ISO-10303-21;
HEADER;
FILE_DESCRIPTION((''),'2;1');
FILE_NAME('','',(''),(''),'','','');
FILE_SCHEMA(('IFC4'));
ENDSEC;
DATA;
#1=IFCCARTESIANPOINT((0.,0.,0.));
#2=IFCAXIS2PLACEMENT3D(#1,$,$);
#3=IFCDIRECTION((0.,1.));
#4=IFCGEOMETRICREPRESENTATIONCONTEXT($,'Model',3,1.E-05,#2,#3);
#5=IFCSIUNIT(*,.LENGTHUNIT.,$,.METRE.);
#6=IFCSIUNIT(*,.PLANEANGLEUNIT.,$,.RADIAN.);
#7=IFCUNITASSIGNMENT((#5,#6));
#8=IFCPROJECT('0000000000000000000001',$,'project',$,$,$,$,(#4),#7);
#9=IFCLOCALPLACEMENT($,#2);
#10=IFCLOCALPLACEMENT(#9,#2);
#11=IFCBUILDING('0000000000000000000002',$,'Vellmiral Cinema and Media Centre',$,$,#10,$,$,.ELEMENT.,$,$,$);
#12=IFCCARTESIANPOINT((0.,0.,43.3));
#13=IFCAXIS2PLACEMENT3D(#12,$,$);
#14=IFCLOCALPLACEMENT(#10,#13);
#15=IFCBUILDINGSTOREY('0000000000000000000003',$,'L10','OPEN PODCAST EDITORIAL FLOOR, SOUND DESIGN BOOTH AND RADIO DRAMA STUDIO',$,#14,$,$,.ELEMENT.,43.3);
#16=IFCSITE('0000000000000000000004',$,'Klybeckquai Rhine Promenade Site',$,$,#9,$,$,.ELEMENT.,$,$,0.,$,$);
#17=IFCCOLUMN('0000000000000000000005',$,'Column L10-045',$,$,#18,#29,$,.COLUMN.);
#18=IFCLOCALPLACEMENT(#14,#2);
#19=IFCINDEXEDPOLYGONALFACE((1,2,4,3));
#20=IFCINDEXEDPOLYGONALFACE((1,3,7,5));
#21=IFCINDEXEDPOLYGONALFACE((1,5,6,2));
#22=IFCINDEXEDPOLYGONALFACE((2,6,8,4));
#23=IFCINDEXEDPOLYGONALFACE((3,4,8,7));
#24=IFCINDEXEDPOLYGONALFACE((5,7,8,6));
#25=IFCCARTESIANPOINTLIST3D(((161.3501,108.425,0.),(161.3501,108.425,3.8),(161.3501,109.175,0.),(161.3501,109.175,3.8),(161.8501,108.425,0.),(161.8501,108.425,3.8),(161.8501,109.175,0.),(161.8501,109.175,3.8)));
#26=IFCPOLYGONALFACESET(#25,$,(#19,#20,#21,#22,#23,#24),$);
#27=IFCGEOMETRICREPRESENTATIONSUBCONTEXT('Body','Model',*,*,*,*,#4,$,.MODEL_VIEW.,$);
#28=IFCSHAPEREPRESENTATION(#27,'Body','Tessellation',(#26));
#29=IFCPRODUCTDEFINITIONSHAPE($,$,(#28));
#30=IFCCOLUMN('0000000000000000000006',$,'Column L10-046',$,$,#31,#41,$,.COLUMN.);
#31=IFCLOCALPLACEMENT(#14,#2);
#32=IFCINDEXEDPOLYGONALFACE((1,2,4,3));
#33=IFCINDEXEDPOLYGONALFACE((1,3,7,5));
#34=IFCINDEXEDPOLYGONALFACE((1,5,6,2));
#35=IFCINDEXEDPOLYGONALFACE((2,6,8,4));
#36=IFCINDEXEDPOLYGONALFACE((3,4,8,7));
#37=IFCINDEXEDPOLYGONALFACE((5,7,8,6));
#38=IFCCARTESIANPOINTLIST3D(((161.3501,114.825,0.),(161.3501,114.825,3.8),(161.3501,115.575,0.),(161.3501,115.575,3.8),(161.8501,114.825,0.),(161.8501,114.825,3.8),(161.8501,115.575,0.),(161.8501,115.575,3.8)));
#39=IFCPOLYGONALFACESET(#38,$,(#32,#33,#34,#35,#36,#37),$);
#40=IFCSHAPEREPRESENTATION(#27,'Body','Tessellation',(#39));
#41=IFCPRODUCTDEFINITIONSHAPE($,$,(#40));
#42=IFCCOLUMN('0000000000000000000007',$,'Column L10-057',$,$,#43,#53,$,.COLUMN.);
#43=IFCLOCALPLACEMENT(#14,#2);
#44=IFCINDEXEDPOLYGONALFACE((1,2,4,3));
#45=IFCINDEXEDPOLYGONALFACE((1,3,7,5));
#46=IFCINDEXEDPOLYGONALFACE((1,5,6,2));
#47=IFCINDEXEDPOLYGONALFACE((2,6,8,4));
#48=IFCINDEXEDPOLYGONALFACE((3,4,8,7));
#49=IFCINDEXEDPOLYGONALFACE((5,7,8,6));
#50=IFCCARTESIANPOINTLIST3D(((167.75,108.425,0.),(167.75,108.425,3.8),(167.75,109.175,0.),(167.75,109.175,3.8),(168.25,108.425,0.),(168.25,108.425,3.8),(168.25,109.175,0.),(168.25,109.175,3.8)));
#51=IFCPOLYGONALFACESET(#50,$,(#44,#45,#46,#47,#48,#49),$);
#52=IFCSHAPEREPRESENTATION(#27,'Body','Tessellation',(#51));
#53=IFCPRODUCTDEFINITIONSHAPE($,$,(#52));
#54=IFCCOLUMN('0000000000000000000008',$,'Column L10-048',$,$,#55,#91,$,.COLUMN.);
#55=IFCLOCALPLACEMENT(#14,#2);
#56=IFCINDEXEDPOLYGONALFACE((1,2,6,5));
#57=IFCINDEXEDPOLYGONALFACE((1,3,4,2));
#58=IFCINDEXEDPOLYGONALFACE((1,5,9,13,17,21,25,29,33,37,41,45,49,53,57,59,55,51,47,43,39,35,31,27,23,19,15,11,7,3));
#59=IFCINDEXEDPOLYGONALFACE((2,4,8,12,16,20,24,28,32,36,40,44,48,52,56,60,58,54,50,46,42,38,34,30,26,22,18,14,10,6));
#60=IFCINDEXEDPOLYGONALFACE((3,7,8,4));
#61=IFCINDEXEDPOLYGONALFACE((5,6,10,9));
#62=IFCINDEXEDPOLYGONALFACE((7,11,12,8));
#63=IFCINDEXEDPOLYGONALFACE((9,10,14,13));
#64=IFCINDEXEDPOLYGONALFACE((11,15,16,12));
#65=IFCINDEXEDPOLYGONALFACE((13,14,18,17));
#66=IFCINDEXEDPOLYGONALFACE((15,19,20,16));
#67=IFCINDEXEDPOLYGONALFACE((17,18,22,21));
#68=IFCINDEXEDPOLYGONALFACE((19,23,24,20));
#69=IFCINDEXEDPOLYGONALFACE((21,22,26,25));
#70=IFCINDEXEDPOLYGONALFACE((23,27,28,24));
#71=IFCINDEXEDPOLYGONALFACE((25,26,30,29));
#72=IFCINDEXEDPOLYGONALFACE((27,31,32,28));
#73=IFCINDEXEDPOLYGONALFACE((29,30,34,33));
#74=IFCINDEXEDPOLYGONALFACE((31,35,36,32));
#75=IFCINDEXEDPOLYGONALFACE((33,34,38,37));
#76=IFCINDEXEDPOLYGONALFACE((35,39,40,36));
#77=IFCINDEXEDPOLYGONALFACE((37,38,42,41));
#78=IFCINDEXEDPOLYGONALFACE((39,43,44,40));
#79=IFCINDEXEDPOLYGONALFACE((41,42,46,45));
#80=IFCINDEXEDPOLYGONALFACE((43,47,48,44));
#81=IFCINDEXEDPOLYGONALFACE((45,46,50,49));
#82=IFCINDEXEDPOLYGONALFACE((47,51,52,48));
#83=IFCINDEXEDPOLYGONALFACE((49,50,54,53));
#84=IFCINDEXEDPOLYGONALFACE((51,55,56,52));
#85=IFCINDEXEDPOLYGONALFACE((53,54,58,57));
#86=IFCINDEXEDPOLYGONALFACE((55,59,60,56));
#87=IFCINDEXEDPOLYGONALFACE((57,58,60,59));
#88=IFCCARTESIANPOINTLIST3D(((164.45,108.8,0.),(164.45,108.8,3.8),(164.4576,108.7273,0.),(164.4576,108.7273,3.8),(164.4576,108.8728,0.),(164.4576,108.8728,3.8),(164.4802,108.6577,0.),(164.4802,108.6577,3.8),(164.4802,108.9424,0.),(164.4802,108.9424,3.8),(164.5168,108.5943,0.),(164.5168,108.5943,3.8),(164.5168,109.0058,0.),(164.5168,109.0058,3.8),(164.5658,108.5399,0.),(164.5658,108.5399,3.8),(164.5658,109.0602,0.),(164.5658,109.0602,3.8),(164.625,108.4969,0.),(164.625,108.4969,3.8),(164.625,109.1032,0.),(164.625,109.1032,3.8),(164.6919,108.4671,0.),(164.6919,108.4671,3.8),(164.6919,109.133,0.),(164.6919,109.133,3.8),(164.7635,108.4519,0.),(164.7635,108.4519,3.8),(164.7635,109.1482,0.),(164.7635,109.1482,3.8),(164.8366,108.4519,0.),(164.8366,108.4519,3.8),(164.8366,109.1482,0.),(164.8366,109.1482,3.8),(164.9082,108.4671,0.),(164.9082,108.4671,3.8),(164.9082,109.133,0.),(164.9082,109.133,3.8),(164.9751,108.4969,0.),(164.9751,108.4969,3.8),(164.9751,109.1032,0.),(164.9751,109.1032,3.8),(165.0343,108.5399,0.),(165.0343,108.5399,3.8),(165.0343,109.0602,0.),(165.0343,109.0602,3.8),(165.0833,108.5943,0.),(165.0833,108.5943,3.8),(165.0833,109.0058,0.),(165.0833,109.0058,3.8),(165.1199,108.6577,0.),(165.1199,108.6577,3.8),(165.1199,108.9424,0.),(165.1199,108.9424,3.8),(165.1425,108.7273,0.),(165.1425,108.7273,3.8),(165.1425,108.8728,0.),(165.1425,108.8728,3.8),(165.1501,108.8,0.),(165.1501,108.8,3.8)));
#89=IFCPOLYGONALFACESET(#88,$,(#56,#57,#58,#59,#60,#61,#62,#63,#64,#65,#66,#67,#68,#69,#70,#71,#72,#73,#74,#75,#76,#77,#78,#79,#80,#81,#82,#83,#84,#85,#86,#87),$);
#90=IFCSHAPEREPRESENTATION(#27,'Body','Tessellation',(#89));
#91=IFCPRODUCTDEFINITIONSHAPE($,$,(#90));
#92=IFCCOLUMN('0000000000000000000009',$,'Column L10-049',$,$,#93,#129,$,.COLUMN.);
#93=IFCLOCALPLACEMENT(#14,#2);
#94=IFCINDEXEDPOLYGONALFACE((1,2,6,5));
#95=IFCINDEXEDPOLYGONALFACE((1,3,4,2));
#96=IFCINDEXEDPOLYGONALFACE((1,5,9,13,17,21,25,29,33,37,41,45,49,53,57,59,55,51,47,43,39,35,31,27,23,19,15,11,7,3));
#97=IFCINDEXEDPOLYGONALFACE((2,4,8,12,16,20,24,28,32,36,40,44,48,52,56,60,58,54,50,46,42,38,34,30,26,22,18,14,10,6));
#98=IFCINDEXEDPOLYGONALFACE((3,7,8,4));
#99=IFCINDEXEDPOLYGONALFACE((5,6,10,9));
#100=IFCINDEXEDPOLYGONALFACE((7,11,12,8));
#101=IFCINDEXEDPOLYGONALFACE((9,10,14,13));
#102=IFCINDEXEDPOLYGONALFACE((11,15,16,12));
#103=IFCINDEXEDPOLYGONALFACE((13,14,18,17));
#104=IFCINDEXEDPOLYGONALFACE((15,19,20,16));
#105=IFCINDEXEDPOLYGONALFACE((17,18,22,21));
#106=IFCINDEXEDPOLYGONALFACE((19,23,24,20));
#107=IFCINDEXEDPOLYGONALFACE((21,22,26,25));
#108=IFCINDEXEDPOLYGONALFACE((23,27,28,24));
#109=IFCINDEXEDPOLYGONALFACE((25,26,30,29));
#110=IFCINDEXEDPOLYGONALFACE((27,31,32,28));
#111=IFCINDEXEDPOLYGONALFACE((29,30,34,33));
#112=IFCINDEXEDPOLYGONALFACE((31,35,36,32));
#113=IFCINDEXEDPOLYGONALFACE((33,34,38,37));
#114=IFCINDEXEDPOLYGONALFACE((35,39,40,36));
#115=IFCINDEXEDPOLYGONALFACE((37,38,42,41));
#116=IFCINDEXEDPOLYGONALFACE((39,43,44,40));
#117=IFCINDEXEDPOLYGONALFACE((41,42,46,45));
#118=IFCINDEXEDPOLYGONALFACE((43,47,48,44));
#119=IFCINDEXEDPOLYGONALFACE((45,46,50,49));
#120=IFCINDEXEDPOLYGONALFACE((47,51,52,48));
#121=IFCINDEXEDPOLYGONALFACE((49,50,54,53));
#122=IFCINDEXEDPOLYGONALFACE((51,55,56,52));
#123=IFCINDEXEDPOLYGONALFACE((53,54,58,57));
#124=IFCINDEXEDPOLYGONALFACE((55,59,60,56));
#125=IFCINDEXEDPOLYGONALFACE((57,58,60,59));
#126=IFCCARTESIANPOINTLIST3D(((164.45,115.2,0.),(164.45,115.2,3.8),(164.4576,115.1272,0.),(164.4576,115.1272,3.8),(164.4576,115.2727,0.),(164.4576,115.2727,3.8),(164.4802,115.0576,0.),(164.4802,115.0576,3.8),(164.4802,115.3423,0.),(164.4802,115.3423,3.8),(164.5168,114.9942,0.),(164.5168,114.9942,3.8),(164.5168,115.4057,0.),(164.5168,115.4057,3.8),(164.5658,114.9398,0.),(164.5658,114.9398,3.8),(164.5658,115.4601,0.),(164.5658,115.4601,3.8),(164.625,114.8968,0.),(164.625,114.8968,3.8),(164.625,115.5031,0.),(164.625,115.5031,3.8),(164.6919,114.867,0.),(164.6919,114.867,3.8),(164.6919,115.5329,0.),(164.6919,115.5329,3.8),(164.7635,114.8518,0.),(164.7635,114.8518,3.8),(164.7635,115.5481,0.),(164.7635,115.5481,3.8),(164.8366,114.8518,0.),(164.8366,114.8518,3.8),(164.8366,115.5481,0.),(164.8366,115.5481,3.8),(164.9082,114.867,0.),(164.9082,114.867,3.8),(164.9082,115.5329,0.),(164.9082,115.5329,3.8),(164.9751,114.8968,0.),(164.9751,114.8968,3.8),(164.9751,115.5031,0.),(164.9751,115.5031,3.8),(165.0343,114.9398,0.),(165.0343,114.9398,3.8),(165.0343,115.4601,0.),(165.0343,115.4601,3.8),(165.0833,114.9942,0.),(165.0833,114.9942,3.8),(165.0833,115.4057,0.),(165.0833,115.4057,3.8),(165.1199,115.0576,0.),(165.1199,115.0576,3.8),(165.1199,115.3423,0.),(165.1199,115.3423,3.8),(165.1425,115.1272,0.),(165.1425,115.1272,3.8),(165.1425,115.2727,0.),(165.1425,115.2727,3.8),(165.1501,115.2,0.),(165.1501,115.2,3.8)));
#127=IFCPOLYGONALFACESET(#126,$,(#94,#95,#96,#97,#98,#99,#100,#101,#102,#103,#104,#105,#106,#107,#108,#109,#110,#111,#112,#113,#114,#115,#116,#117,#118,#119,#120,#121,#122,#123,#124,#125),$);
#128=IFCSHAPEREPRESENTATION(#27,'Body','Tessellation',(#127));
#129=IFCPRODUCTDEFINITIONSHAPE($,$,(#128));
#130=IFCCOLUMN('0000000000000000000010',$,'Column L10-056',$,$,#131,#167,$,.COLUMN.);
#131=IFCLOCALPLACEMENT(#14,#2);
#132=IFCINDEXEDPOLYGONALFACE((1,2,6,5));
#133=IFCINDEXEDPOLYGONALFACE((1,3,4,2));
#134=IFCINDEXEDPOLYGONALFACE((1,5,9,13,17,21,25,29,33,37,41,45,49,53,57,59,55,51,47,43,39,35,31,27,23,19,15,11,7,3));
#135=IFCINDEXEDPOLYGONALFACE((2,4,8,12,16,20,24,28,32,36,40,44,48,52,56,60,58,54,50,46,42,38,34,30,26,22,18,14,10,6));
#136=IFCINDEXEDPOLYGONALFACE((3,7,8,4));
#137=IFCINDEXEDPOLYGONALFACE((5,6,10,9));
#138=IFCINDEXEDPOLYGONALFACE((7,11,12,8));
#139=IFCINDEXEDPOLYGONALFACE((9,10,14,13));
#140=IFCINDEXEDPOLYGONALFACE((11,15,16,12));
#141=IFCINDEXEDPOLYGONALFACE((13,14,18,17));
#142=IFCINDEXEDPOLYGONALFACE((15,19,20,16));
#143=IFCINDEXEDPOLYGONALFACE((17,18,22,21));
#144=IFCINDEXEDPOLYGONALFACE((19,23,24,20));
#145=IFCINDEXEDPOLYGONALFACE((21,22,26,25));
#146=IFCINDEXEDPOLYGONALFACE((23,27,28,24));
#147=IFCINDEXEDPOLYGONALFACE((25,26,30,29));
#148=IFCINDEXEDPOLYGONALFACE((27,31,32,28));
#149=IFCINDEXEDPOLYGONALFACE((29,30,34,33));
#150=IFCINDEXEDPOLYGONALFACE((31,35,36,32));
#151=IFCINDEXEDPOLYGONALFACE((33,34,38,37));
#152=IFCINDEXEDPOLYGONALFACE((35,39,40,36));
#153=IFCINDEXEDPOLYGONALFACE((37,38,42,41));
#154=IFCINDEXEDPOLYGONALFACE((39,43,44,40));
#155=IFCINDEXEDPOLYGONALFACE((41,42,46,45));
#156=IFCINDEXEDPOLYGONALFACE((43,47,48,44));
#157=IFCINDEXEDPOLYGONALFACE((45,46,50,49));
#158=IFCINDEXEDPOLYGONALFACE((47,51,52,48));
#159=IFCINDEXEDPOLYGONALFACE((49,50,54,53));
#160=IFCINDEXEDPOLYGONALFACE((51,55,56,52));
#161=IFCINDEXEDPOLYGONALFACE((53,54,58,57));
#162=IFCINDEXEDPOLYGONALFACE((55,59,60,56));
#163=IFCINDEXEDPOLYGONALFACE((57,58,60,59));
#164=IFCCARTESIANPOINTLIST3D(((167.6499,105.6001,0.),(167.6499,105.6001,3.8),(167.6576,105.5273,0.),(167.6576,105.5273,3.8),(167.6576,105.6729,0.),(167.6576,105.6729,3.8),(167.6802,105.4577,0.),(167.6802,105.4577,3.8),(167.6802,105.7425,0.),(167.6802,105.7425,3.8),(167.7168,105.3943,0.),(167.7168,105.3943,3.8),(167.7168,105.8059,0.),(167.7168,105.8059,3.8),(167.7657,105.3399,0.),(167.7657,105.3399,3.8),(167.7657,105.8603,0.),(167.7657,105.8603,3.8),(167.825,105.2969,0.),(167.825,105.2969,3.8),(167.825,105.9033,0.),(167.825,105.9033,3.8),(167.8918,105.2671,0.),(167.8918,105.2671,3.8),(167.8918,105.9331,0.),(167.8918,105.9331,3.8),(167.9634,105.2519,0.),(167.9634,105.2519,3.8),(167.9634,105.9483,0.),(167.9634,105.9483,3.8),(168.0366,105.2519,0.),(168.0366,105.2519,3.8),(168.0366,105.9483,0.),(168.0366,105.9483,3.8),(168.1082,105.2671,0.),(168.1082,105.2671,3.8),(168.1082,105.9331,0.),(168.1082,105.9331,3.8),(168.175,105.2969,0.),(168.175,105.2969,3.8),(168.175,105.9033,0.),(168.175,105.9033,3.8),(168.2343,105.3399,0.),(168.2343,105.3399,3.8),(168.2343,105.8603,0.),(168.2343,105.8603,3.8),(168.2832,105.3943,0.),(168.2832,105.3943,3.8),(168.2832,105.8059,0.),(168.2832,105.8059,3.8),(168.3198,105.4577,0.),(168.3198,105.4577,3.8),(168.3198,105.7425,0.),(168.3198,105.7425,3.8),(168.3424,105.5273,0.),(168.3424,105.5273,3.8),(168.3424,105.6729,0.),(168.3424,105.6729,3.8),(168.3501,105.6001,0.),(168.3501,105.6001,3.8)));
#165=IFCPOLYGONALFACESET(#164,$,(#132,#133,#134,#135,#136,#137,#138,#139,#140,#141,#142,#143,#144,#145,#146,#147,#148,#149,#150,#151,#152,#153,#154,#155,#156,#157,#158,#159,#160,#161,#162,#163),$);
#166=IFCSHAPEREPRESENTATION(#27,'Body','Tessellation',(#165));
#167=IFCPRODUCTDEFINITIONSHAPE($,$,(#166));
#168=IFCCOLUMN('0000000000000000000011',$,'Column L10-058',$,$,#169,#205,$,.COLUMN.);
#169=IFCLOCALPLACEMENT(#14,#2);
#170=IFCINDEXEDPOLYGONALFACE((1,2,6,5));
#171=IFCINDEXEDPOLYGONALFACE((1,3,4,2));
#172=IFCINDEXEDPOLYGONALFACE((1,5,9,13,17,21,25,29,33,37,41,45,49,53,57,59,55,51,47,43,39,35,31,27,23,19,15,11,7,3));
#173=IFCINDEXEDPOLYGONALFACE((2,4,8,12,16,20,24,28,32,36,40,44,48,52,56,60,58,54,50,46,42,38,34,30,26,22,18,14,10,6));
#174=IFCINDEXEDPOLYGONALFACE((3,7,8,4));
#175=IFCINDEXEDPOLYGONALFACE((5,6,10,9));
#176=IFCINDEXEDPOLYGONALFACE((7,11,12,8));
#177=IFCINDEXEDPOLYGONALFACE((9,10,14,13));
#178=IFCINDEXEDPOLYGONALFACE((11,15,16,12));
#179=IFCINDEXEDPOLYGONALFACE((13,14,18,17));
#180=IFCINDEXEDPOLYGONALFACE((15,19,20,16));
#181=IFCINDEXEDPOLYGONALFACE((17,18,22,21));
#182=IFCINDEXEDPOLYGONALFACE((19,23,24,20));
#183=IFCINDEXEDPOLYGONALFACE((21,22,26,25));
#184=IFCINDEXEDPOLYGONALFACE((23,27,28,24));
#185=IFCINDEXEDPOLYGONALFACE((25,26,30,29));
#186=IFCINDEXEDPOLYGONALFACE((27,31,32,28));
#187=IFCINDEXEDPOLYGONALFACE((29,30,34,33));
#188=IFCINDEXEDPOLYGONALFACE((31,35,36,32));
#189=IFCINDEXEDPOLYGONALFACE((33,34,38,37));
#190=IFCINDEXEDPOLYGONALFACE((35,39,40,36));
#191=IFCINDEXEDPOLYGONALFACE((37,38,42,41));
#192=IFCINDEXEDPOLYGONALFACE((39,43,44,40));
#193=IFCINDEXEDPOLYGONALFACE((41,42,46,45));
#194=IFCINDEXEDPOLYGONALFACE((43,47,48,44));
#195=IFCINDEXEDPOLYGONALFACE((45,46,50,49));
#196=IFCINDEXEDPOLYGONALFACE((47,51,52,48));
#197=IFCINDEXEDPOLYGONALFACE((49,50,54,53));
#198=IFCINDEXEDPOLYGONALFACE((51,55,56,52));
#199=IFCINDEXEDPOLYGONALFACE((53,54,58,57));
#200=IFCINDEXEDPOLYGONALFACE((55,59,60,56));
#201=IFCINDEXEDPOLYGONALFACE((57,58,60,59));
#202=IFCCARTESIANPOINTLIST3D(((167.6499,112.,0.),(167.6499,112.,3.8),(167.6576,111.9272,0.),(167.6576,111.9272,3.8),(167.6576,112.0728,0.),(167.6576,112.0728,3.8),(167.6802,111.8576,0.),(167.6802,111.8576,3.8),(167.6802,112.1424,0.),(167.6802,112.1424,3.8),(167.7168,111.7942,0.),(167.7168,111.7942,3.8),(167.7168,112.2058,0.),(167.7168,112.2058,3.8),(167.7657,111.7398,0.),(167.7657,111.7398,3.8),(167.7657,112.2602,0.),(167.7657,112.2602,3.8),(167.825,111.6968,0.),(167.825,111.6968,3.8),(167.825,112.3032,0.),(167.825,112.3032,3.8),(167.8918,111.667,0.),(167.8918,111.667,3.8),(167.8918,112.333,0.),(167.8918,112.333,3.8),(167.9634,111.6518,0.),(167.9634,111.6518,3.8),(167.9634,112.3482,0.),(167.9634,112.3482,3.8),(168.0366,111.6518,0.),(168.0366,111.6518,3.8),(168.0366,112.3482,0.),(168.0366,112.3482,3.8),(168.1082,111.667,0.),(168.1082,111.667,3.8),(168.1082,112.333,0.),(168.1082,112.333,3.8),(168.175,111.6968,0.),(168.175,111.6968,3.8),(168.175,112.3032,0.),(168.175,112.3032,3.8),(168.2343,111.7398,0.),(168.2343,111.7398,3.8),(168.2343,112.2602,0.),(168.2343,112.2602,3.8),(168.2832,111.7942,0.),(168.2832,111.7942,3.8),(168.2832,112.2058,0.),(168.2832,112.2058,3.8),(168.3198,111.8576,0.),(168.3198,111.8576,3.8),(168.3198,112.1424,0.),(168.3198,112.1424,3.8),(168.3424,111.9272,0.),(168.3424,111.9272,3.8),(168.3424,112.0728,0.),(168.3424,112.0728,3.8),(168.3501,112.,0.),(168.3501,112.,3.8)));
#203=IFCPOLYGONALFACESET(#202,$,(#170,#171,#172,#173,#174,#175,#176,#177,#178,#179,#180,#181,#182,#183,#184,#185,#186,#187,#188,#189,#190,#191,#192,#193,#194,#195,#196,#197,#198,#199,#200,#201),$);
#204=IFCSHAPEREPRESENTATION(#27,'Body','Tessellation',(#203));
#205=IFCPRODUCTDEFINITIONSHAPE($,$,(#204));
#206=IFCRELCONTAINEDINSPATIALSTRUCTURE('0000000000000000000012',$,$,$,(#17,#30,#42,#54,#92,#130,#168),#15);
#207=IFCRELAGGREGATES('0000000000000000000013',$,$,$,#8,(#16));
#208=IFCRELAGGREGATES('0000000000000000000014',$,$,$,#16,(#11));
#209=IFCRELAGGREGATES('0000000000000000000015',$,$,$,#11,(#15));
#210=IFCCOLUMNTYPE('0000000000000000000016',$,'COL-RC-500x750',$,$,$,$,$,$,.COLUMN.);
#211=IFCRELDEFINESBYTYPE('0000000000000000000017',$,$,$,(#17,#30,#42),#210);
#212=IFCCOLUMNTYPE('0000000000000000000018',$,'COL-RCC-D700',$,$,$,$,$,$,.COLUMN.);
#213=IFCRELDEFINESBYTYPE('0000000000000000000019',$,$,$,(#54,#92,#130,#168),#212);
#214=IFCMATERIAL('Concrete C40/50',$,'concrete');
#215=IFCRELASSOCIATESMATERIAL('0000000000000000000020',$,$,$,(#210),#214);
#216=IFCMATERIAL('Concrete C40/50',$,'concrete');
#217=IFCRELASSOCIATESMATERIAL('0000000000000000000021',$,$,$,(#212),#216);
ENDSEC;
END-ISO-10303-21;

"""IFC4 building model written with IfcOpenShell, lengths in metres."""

from ifc_helpers import new_model, si_unit, direction, frame, origin, origin_2d, place, context, subcontext, project, spatial, rectangle, circle, extrude, material, material_profile, profile_set, type_object, element, save


model = new_model("IFC4")

# Units and contexts
model_context = context("Model", 3, precision=1e-05, world=origin(), true_north=direction((0.0, 1.0)))
body_context = subcontext(model_context, "Body", "Model", "MODEL_VIEW")
ifc_project = project(units=[si_unit("LENGTHUNIT", "METRE"), si_unit("PLANEANGLEUNIT", "RADIAN")], contexts=[model_context])

# Site, building, storey
site_placement = place(None, origin())
site = spatial("IfcSite", under=ifc_project, at=site_placement, Name="Klybeckquai Rhine Promenade Site", CompositionType="ELEMENT", RefElevation=0.0)
building_placement = place(site_placement, origin())
building = spatial("IfcBuilding", under=site, at=building_placement, Name="Vellmiral Cinema and Media Centre", CompositionType="ELEMENT")
storey_placement = place(building_placement, frame((0.0, 0.0, 43.3)))
storey = spatial("IfcBuildingStorey", under=building, at=storey_placement, Name="L10", Description="OPEN PODCAST EDITORIAL FLOOR, SOUND DESIGN BOOTH AND RADIO DRAMA STUDIO", CompositionType="ELEMENT", Elevation=43.3)

# Columns
ifc_material_1 = material(Name="Concrete C40/50", Category="concrete")
ifc_material_profile_1 = material_profile(ifc_material_1, rectangle(XDim=0.5, YDim=0.75, at=origin_2d()), Name="RC 500x750")
ifc_profile_set_1 = profile_set([ifc_material_profile_1], Name="Concrete C40/50")
column_type_1 = type_object("IfcColumnType", Name="COL-RC-500x750", PredefinedType="COLUMN", material=ifc_profile_set_1)
for number, where, z_axis, x_axis, name in (
    (1, (161.6001, 108.8, 0.0), (0.0, 0.0, 1.0), (1.0, 0.0, 0.0), "Column L10-045"),
    (2, (161.6001, 115.2, 0.0), (0.0, 0.0, 1.0), (1.0, 0.0, 0.0), "Column L10-046"),
    (3, (168.0, 108.8, 0.0), (0.0, 0.0, 1.0), (1.0, 0.0, 0.0), "Column L10-057"),
):
    element("IfcColumn", number, at=place(storey_placement, frame(where, z_axis=z_axis, x_axis=x_axis)), inside=storey, type_object=column_type_1, Name=name, PredefinedType="COLUMN", context=body_context, shape_type="SweptSolid", body=[
        extrude(rectangle(XDim=0.5, YDim=0.75, at=origin_2d()), origin(), (0.0, 0.0, 1.0), 3.8),
    ])
ifc_material_2 = material(Name="Concrete C40/50", Category="concrete")
ifc_material_profile_2 = material_profile(ifc_material_2, circle(Radius=0.3501, at=origin_2d()), Name="RC D700")
ifc_profile_set_2 = profile_set([ifc_material_profile_2], Name="Concrete C40/50")
column_type_2 = type_object("IfcColumnType", Name="COL-RCC-D700", PredefinedType="COLUMN", material=ifc_profile_set_2)
for number, where, z_axis, x_axis, name in (
    (4, (164.8, 108.8, 0.0), (0.0, 0.0, 1.0), (1.0, 0.0, 0.0), "Column L10-048"),
    (5, (164.8, 115.2, 0.0), (0.0, 0.0, 1.0), (1.0, 0.0, 0.0), "Column L10-049"),
    (6, (168.0, 105.6001, 0.0), (0.0, 0.0, 1.0), (1.0, 0.0, 0.0), "Column L10-056"),
    (7, (168.0, 112.0, 0.0), (0.0, 0.0, 1.0), (1.0, 0.0, 0.0), "Column L10-058"),
):
    element("IfcColumn", number, at=place(storey_placement, frame(where, z_axis=z_axis, x_axis=x_axis)), inside=storey, type_object=column_type_2, Name=name, PredefinedType="COLUMN", context=body_context, shape_type="SweptSolid", body=[
        extrude(circle(Radius=0.3501, at=origin_2d()), origin(), (0.0, 0.0, 1.0), 3.8),
    ])

save(model, "model.ifc")
